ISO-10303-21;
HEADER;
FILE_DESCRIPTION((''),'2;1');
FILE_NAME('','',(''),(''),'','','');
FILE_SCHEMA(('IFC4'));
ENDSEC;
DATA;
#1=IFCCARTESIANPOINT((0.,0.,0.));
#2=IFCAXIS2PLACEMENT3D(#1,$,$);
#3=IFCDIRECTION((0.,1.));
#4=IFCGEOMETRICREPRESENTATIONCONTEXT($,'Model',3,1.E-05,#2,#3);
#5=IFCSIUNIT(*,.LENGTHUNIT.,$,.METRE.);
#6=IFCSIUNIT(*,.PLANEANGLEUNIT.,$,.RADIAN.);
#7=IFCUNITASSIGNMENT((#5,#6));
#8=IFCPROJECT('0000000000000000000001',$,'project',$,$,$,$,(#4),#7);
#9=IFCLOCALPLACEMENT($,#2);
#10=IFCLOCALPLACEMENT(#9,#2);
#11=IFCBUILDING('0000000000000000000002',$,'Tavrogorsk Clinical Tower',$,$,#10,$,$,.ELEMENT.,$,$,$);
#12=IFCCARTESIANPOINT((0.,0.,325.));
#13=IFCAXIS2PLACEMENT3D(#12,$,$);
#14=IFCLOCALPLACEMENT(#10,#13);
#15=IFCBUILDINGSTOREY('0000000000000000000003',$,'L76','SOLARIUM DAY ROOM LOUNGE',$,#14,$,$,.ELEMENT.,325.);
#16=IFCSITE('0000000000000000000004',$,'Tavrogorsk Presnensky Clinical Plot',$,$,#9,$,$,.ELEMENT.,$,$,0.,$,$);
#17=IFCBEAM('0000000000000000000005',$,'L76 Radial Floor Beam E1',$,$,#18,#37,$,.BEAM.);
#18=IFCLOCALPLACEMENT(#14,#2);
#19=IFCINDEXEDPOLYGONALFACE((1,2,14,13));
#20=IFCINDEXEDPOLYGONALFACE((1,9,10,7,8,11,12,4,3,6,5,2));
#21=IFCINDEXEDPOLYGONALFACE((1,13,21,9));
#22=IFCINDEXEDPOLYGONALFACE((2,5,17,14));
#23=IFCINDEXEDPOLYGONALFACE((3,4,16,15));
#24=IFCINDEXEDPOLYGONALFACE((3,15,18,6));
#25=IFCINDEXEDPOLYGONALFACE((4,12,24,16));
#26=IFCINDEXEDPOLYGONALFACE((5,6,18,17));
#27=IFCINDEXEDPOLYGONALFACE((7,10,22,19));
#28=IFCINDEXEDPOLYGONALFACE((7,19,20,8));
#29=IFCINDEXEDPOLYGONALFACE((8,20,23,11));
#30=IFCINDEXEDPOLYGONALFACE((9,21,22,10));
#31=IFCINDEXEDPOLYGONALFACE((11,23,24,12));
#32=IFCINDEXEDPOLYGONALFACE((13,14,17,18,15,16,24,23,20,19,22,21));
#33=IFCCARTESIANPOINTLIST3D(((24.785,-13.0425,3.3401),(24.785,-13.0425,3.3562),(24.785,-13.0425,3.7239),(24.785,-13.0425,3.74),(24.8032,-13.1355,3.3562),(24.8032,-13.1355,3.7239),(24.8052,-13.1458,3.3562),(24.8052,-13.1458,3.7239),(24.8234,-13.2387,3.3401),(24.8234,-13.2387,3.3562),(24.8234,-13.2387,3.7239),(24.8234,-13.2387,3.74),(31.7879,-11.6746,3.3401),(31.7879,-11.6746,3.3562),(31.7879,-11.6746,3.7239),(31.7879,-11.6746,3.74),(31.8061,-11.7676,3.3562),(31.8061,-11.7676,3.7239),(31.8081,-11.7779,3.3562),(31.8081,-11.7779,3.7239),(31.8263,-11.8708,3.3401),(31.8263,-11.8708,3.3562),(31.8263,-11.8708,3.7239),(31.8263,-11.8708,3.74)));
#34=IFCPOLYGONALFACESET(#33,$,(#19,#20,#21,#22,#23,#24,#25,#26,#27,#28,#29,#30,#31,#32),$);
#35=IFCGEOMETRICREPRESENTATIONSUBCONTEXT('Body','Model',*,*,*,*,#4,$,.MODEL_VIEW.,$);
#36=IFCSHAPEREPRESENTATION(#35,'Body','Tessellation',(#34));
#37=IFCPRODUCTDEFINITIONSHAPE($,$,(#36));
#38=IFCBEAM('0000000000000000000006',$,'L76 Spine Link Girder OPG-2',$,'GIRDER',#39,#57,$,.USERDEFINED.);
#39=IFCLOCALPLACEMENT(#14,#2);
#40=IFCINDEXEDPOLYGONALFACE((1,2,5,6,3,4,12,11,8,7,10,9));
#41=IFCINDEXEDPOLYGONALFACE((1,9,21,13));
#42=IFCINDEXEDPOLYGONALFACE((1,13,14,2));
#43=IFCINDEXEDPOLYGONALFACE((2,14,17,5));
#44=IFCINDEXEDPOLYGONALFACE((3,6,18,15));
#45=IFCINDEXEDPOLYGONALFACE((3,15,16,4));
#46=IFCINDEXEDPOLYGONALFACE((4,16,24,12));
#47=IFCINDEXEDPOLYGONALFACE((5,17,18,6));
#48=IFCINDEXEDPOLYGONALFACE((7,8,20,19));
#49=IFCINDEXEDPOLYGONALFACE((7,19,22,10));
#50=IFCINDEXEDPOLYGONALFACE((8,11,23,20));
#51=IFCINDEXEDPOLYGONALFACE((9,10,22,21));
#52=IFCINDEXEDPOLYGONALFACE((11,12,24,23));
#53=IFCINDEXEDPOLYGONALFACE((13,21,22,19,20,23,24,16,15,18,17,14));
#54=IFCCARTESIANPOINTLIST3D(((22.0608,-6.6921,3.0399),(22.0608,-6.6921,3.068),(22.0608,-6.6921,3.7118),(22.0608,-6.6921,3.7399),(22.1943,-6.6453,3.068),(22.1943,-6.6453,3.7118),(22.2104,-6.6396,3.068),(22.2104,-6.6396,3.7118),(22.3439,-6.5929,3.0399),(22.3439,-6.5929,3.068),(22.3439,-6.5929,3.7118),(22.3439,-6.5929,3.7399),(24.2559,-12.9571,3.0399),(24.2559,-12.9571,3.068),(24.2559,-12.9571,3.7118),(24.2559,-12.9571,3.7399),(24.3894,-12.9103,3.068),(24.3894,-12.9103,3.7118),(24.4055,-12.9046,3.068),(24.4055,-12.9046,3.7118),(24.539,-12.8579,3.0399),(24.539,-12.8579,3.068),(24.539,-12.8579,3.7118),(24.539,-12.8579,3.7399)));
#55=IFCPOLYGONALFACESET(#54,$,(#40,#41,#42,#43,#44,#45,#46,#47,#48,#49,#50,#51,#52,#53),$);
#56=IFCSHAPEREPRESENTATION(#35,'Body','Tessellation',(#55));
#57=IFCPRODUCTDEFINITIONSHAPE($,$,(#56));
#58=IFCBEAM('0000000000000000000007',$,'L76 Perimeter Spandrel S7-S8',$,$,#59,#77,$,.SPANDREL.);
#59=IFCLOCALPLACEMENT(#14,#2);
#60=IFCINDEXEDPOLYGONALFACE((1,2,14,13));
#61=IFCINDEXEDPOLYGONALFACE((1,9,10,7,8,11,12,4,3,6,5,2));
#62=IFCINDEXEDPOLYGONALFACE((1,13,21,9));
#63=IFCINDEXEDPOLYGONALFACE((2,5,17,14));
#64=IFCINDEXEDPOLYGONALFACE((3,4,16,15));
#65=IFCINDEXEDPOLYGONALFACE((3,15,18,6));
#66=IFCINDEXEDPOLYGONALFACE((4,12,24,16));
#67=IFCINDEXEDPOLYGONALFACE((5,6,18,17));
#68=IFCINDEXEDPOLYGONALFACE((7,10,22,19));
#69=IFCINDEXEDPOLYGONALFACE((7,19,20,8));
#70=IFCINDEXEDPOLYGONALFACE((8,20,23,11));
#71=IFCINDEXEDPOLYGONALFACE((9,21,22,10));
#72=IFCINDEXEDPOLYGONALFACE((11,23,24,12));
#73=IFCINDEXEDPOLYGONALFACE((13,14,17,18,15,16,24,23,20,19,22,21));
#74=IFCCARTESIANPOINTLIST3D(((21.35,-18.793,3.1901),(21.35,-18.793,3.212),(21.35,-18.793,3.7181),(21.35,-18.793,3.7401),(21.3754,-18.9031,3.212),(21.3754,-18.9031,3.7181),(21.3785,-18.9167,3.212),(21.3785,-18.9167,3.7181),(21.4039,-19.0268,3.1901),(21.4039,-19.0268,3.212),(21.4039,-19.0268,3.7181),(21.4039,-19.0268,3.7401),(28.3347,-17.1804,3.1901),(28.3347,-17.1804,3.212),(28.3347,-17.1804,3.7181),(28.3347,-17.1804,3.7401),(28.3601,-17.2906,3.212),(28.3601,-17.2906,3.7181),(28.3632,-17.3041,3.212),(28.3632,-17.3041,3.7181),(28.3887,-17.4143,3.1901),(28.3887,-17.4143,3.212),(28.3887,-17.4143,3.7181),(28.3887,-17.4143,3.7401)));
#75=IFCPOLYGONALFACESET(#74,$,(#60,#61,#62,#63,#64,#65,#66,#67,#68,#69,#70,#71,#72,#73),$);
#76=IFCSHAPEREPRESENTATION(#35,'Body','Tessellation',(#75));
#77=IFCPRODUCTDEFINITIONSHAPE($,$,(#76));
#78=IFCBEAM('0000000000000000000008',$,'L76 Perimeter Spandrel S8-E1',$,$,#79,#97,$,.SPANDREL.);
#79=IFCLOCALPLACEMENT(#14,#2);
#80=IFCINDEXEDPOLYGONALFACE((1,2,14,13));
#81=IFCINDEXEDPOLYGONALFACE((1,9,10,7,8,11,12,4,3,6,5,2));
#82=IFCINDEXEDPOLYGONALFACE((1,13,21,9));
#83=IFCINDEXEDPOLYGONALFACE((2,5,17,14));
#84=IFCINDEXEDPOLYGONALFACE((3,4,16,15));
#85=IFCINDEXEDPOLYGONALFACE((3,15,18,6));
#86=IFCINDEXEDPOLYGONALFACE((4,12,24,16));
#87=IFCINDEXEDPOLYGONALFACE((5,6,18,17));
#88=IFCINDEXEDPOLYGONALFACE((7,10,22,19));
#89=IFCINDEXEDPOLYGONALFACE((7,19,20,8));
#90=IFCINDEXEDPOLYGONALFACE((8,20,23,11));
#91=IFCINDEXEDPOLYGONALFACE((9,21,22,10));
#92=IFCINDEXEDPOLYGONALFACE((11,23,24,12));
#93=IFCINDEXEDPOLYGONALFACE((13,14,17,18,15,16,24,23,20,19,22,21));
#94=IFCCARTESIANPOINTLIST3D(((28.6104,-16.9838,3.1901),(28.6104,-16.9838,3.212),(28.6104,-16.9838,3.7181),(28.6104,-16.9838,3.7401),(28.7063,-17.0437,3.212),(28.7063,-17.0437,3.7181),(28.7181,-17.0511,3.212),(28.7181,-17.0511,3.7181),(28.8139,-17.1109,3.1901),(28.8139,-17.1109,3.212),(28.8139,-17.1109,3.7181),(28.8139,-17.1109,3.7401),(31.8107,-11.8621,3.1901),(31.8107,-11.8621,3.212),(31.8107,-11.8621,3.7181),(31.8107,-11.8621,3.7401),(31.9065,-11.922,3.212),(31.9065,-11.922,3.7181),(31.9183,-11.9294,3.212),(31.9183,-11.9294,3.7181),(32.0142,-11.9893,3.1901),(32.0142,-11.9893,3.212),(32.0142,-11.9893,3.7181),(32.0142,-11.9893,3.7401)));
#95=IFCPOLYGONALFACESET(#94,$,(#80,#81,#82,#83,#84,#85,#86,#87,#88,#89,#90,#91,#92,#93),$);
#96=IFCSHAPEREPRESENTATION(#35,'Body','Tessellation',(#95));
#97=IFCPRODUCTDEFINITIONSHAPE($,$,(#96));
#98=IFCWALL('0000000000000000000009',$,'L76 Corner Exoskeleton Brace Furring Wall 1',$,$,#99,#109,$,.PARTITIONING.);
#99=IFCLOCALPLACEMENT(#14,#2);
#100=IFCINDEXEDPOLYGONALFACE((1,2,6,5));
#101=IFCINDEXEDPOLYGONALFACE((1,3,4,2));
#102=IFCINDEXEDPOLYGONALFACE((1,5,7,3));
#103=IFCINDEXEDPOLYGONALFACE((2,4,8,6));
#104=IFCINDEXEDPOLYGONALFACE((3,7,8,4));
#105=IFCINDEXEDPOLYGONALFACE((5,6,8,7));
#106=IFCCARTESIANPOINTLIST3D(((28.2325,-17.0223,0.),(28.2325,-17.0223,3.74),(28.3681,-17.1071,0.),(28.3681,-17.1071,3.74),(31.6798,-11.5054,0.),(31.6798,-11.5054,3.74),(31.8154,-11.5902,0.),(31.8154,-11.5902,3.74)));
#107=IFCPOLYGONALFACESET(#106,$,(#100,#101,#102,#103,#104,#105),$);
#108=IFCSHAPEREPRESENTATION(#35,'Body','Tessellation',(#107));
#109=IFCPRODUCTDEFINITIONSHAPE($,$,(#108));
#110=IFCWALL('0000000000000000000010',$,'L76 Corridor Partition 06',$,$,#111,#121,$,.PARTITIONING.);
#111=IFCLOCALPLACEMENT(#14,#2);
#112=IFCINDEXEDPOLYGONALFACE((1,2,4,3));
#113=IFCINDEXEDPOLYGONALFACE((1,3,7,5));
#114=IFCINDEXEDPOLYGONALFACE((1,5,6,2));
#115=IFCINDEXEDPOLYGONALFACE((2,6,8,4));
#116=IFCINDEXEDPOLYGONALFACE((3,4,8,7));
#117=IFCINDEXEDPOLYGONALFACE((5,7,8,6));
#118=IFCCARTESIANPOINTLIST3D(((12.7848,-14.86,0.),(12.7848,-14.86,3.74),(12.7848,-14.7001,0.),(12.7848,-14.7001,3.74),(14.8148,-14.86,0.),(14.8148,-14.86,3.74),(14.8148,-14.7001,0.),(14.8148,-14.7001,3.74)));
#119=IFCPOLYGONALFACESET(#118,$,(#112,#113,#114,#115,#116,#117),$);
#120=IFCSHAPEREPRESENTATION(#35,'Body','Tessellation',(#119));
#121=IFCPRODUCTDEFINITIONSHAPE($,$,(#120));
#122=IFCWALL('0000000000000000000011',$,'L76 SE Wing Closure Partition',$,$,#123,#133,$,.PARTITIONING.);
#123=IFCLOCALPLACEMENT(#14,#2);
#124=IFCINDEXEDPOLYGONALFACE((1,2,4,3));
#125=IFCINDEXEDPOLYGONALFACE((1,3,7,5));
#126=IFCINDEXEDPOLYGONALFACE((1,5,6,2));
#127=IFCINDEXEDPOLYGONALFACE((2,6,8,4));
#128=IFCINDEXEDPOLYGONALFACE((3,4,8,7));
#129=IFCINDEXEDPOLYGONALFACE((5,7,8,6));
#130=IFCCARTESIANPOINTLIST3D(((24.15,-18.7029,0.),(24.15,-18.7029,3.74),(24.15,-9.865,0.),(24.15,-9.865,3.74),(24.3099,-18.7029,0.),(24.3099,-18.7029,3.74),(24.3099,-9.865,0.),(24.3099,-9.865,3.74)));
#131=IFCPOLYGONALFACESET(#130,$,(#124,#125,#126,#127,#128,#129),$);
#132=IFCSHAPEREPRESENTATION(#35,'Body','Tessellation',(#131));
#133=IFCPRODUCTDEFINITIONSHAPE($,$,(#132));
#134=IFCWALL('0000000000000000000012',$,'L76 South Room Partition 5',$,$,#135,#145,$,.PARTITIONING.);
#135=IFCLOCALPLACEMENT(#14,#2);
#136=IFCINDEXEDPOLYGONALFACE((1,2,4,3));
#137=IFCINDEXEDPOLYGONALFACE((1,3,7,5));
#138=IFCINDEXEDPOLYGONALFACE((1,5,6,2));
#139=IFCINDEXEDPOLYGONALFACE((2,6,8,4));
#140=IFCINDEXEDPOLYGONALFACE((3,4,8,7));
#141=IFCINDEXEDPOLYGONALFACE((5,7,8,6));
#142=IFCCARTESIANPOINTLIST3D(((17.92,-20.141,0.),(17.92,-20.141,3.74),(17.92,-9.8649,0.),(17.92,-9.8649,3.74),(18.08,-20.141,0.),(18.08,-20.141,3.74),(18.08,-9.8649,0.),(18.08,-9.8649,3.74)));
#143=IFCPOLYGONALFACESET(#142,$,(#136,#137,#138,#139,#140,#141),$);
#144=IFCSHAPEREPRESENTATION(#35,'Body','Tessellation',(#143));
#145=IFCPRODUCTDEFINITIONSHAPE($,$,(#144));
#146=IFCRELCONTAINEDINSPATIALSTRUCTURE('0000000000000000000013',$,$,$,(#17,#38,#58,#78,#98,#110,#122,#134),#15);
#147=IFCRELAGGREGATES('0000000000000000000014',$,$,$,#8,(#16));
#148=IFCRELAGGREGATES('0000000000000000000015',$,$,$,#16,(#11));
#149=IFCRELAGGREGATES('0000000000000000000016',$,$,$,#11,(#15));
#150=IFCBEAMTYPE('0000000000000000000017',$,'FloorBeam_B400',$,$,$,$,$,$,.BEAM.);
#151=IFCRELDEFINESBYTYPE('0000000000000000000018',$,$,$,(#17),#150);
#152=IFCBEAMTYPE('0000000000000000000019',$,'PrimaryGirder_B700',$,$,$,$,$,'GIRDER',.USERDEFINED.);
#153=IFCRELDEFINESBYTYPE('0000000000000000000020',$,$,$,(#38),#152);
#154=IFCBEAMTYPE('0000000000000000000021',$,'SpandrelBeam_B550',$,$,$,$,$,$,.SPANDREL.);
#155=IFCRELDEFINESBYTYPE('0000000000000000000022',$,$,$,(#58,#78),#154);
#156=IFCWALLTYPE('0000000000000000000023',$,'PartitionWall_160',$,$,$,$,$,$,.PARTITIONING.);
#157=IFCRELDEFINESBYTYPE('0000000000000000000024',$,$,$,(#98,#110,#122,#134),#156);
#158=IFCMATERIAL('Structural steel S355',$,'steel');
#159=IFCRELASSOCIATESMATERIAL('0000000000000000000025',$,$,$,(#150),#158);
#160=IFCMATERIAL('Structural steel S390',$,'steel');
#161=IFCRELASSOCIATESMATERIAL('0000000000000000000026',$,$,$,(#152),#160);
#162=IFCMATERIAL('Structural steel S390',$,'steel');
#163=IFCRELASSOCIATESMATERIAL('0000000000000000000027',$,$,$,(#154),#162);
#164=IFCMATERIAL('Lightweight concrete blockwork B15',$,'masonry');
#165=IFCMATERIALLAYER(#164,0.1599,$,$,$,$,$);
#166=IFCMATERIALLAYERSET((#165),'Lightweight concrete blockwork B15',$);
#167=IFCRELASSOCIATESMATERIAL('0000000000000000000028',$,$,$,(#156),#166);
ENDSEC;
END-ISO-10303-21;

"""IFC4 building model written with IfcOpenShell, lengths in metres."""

from ifc_helpers import new_model, si_unit, direction, frame, frame_2d, origin, origin_2d, place, context, subcontext, project, spatial, rectangle, i_section, extrude, material, layer, layer_set, material_profile, profile_set, type_object, element, save


model = new_model("IFC4")

# Units and contexts
model_context = context("Model", 3, precision=1e-05, world=origin(), true_north=direction((0.0, 1.0)))
body_context = subcontext(model_context, "Body", "Model", "MODEL_VIEW")
ifc_project = project(units=[si_unit("LENGTHUNIT", "METRE"), si_unit("PLANEANGLEUNIT", "RADIAN")], contexts=[model_context])

# Site, building, storey
site_placement = place(None, origin())
site = spatial("IfcSite", under=ifc_project, at=site_placement, Name="Tavrogorsk Presnensky Clinical Plot", CompositionType="ELEMENT", RefElevation=0.0)
building_placement = place(site_placement, origin())
building = spatial("IfcBuilding", under=site, at=building_placement, Name="Tavrogorsk Clinical Tower", CompositionType="ELEMENT")
storey_placement = place(building_placement, frame((0.0, 0.0, 325.0)))
storey = spatial("IfcBuildingStorey", under=building, at=storey_placement, Name="L76", Description="SOLARIUM DAY ROOM LOUNGE", CompositionType="ELEMENT", Elevation=325.0)

# Beams
ifc_material_1 = material(Name="Structural steel S355", Category="steel")
ifc_material_profile_1 = material_profile(ifc_material_1, i_section(OverallWidth=0.2, OverallDepth=0.3999, WebThickness=0.0105, FlangeThickness=0.0161, at=origin_2d()), Name="B-400x200x10.5x16")
ifc_profile_set_1 = profile_set([ifc_material_profile_1], Name="Structural steel S355")
beam_type_1 = type_object("IfcBeamType", Name="FloorBeam_B400", PredefinedType="BEAM", material=ifc_profile_set_1)
beam_1_placement = place(storey_placement, frame((24.8042, -13.1406, 3.54), z_axis=(0.981451, 0.191712, 0.0), x_axis=(-0.191712, 0.981451, 0.0)))
element("IfcBeam", 1, at=beam_1_placement, inside=storey, type_object=beam_type_1, Name="L76 Radial Floor Beam E1", PredefinedType="BEAM", context=body_context, shape_type="SweptSolid", body=[
    extrude(i_section(OverallWidth=0.2, OverallDepth=0.3999, WebThickness=0.0105, FlangeThickness=0.0161, at=origin_2d()), origin(), (0.0, 0.0, 1.0), 7.1353),
])
ifc_material_2 = material(Name="Structural steel S390", Category="steel")
ifc_material_profile_2 = material_profile(ifc_material_2, i_section(OverallWidth=0.3, OverallDepth=0.7, WebThickness=0.0171, FlangeThickness=0.0281, at=origin_2d()), Name="B-700x300x17x28")
ifc_profile_set_2 = profile_set([ifc_material_profile_2], Name="Structural steel S390")
beam_type_2 = type_object("IfcBeamType", Name="PrimaryGirder_B700", ElementType="GIRDER", PredefinedType="USERDEFINED", material=ifc_profile_set_2)
beam_2_placement = place(storey_placement, frame((24.3975, -12.9075, 3.3899), z_axis=(-0.330667, 0.943748, 0.0), x_axis=(-0.943748, -0.330667, 0.0)))
element("IfcBeam", 2, at=beam_2_placement, inside=storey, type_object=beam_type_2, Name="L76 Spine Link Girder OPG-2", ObjectType="GIRDER", PredefinedType="USERDEFINED", context=body_context, shape_type="SweptSolid", body=[
    extrude(i_section(OverallWidth=0.3, OverallDepth=0.7, WebThickness=0.0171, FlangeThickness=0.0281, at=origin_2d()), origin(), (0.0, 0.0, 1.0), 6.6384),
])
ifc_material_3 = material(Name="Structural steel S390", Category="steel")
ifc_material_profile_3 = material_profile(ifc_material_3, i_section(OverallWidth=0.24, OverallDepth=0.55, WebThickness=0.0139, FlangeThickness=0.022, at=origin_2d()), Name="B-550x240x14x22")
ifc_profile_set_3 = profile_set([ifc_material_profile_3], Name="Structural steel S390")
beam_type_3 = type_object("IfcBeamType", Name="SpandrelBeam_B550", PredefinedType="SPANDREL", material=ifc_profile_set_3)
beam_3_placement = place(storey_placement, frame((21.377, -18.9099, 3.4651), z_axis=(0.974369, 0.224954, 0.0), x_axis=(-0.224954, 0.974369, 0.0)))
element("IfcBeam", 3, at=beam_3_placement, inside=storey, type_object=beam_type_3, Name="L76 Perimeter Spandrel S7-S8", PredefinedType="SPANDREL", context=body_context, shape_type="SweptSolid", body=[
    extrude(i_section(OverallWidth=0.24, OverallDepth=0.55, WebThickness=0.0139, FlangeThickness=0.022, at=origin_2d()), origin(), (0.0, 0.0, 1.0), 7.1685),
])
beam_4_placement = place(storey_placement, frame((28.7122, -17.0474, 3.4651), z_axis=(0.529904, 0.848057, 0.0), x_axis=(-0.848057, 0.529904, 0.0)))
element("IfcBeam", 4, at=beam_4_placement, inside=storey, type_object=beam_type_3, Name="L76 Perimeter Spandrel S8-E1", PredefinedType="SPANDREL", context=body_context, shape_type="SweptSolid", body=[
    extrude(i_section(OverallWidth=0.24, OverallDepth=0.55, WebThickness=0.0139, FlangeThickness=0.022, at=origin_2d()), origin(), (0.0, 0.0, 1.0), 6.0393),
])

# Walls
ifc_material_4 = material(Name="Lightweight concrete blockwork B15", Category="masonry")
ifc_layer_1 = layer(ifc_material_4, 0.1599)
ifc_layer_set_1 = layer_set([ifc_layer_1], Name="Lightweight concrete blockwork B15")
wall_type_1 = type_object("IfcWallType", Name="PartitionWall_160", PredefinedType="PARTITIONING", material=ifc_layer_set_1)
wall_1_placement = place(storey_placement, frame((28.3003, -17.0647, 0.0), z_axis=(0.0, 0.0, 1.0), x_axis=(0.529915, 0.848051, 0.0)))
element("IfcWall", 5, at=wall_1_placement, inside=storey, type_object=wall_type_1, Name="L76 Corner Exoskeleton Brace Furring Wall 1", PredefinedType="PARTITIONING", context=body_context, shape_type="SweptSolid", body=[
    extrude(rectangle(XDim=6.5054, YDim=0.1599, at=frame_2d((3.2527, 0.0))), origin(), (0.0, 0.0, 1.0), 3.74),
])
wall_2_placement = place(storey_placement, frame((14.8149, -14.78, 0.0), z_axis=(0.0, 0.0, 1.0), x_axis=(-1.0, 0.0, 0.0)))
element("IfcWall", 6, at=wall_2_placement, inside=storey, type_object=wall_type_1, Name="L76 Corridor Partition 06", PredefinedType="PARTITIONING", context=body_context, shape_type="SweptSolid", body=[
    extrude(rectangle(XDim=2.03, YDim=0.1599, at=frame_2d((1.0151, 0.0))), origin(), (0.0, 0.0, 1.0), 3.74),
])
wall_3_placement = place(storey_placement, frame((24.23, -18.7029, 0.0), z_axis=(0.0, 0.0, 1.0), x_axis=(0.0, 1.0, 0.0)))
element("IfcWall", 7, at=wall_3_placement, inside=storey, type_object=wall_type_1, Name="L76 SE Wing Closure Partition", PredefinedType="PARTITIONING", context=body_context, shape_type="SweptSolid", body=[
    extrude(rectangle(XDim=8.8379, YDim=0.1599, at=frame_2d((4.4189, 0.0))), origin(), (0.0, 0.0, 1.0), 3.74),
])
wall_4_placement = place(storey_placement, frame((18.0, -20.1411, 0.0), z_axis=(0.0, 0.0, 1.0), x_axis=(0.0, 1.0, 0.0)))
element("IfcWall", 8, at=wall_4_placement, inside=storey, type_object=wall_type_1, Name="L76 South Room Partition 5", PredefinedType="PARTITIONING", context=body_context, shape_type="SweptSolid", body=[
    extrude(rectangle(XDim=10.2761, YDim=0.1599, at=frame_2d((5.1382, 0.0))), origin(), (0.0, 0.0, 1.0), 3.74),
])

save(model, "model.ifc")
